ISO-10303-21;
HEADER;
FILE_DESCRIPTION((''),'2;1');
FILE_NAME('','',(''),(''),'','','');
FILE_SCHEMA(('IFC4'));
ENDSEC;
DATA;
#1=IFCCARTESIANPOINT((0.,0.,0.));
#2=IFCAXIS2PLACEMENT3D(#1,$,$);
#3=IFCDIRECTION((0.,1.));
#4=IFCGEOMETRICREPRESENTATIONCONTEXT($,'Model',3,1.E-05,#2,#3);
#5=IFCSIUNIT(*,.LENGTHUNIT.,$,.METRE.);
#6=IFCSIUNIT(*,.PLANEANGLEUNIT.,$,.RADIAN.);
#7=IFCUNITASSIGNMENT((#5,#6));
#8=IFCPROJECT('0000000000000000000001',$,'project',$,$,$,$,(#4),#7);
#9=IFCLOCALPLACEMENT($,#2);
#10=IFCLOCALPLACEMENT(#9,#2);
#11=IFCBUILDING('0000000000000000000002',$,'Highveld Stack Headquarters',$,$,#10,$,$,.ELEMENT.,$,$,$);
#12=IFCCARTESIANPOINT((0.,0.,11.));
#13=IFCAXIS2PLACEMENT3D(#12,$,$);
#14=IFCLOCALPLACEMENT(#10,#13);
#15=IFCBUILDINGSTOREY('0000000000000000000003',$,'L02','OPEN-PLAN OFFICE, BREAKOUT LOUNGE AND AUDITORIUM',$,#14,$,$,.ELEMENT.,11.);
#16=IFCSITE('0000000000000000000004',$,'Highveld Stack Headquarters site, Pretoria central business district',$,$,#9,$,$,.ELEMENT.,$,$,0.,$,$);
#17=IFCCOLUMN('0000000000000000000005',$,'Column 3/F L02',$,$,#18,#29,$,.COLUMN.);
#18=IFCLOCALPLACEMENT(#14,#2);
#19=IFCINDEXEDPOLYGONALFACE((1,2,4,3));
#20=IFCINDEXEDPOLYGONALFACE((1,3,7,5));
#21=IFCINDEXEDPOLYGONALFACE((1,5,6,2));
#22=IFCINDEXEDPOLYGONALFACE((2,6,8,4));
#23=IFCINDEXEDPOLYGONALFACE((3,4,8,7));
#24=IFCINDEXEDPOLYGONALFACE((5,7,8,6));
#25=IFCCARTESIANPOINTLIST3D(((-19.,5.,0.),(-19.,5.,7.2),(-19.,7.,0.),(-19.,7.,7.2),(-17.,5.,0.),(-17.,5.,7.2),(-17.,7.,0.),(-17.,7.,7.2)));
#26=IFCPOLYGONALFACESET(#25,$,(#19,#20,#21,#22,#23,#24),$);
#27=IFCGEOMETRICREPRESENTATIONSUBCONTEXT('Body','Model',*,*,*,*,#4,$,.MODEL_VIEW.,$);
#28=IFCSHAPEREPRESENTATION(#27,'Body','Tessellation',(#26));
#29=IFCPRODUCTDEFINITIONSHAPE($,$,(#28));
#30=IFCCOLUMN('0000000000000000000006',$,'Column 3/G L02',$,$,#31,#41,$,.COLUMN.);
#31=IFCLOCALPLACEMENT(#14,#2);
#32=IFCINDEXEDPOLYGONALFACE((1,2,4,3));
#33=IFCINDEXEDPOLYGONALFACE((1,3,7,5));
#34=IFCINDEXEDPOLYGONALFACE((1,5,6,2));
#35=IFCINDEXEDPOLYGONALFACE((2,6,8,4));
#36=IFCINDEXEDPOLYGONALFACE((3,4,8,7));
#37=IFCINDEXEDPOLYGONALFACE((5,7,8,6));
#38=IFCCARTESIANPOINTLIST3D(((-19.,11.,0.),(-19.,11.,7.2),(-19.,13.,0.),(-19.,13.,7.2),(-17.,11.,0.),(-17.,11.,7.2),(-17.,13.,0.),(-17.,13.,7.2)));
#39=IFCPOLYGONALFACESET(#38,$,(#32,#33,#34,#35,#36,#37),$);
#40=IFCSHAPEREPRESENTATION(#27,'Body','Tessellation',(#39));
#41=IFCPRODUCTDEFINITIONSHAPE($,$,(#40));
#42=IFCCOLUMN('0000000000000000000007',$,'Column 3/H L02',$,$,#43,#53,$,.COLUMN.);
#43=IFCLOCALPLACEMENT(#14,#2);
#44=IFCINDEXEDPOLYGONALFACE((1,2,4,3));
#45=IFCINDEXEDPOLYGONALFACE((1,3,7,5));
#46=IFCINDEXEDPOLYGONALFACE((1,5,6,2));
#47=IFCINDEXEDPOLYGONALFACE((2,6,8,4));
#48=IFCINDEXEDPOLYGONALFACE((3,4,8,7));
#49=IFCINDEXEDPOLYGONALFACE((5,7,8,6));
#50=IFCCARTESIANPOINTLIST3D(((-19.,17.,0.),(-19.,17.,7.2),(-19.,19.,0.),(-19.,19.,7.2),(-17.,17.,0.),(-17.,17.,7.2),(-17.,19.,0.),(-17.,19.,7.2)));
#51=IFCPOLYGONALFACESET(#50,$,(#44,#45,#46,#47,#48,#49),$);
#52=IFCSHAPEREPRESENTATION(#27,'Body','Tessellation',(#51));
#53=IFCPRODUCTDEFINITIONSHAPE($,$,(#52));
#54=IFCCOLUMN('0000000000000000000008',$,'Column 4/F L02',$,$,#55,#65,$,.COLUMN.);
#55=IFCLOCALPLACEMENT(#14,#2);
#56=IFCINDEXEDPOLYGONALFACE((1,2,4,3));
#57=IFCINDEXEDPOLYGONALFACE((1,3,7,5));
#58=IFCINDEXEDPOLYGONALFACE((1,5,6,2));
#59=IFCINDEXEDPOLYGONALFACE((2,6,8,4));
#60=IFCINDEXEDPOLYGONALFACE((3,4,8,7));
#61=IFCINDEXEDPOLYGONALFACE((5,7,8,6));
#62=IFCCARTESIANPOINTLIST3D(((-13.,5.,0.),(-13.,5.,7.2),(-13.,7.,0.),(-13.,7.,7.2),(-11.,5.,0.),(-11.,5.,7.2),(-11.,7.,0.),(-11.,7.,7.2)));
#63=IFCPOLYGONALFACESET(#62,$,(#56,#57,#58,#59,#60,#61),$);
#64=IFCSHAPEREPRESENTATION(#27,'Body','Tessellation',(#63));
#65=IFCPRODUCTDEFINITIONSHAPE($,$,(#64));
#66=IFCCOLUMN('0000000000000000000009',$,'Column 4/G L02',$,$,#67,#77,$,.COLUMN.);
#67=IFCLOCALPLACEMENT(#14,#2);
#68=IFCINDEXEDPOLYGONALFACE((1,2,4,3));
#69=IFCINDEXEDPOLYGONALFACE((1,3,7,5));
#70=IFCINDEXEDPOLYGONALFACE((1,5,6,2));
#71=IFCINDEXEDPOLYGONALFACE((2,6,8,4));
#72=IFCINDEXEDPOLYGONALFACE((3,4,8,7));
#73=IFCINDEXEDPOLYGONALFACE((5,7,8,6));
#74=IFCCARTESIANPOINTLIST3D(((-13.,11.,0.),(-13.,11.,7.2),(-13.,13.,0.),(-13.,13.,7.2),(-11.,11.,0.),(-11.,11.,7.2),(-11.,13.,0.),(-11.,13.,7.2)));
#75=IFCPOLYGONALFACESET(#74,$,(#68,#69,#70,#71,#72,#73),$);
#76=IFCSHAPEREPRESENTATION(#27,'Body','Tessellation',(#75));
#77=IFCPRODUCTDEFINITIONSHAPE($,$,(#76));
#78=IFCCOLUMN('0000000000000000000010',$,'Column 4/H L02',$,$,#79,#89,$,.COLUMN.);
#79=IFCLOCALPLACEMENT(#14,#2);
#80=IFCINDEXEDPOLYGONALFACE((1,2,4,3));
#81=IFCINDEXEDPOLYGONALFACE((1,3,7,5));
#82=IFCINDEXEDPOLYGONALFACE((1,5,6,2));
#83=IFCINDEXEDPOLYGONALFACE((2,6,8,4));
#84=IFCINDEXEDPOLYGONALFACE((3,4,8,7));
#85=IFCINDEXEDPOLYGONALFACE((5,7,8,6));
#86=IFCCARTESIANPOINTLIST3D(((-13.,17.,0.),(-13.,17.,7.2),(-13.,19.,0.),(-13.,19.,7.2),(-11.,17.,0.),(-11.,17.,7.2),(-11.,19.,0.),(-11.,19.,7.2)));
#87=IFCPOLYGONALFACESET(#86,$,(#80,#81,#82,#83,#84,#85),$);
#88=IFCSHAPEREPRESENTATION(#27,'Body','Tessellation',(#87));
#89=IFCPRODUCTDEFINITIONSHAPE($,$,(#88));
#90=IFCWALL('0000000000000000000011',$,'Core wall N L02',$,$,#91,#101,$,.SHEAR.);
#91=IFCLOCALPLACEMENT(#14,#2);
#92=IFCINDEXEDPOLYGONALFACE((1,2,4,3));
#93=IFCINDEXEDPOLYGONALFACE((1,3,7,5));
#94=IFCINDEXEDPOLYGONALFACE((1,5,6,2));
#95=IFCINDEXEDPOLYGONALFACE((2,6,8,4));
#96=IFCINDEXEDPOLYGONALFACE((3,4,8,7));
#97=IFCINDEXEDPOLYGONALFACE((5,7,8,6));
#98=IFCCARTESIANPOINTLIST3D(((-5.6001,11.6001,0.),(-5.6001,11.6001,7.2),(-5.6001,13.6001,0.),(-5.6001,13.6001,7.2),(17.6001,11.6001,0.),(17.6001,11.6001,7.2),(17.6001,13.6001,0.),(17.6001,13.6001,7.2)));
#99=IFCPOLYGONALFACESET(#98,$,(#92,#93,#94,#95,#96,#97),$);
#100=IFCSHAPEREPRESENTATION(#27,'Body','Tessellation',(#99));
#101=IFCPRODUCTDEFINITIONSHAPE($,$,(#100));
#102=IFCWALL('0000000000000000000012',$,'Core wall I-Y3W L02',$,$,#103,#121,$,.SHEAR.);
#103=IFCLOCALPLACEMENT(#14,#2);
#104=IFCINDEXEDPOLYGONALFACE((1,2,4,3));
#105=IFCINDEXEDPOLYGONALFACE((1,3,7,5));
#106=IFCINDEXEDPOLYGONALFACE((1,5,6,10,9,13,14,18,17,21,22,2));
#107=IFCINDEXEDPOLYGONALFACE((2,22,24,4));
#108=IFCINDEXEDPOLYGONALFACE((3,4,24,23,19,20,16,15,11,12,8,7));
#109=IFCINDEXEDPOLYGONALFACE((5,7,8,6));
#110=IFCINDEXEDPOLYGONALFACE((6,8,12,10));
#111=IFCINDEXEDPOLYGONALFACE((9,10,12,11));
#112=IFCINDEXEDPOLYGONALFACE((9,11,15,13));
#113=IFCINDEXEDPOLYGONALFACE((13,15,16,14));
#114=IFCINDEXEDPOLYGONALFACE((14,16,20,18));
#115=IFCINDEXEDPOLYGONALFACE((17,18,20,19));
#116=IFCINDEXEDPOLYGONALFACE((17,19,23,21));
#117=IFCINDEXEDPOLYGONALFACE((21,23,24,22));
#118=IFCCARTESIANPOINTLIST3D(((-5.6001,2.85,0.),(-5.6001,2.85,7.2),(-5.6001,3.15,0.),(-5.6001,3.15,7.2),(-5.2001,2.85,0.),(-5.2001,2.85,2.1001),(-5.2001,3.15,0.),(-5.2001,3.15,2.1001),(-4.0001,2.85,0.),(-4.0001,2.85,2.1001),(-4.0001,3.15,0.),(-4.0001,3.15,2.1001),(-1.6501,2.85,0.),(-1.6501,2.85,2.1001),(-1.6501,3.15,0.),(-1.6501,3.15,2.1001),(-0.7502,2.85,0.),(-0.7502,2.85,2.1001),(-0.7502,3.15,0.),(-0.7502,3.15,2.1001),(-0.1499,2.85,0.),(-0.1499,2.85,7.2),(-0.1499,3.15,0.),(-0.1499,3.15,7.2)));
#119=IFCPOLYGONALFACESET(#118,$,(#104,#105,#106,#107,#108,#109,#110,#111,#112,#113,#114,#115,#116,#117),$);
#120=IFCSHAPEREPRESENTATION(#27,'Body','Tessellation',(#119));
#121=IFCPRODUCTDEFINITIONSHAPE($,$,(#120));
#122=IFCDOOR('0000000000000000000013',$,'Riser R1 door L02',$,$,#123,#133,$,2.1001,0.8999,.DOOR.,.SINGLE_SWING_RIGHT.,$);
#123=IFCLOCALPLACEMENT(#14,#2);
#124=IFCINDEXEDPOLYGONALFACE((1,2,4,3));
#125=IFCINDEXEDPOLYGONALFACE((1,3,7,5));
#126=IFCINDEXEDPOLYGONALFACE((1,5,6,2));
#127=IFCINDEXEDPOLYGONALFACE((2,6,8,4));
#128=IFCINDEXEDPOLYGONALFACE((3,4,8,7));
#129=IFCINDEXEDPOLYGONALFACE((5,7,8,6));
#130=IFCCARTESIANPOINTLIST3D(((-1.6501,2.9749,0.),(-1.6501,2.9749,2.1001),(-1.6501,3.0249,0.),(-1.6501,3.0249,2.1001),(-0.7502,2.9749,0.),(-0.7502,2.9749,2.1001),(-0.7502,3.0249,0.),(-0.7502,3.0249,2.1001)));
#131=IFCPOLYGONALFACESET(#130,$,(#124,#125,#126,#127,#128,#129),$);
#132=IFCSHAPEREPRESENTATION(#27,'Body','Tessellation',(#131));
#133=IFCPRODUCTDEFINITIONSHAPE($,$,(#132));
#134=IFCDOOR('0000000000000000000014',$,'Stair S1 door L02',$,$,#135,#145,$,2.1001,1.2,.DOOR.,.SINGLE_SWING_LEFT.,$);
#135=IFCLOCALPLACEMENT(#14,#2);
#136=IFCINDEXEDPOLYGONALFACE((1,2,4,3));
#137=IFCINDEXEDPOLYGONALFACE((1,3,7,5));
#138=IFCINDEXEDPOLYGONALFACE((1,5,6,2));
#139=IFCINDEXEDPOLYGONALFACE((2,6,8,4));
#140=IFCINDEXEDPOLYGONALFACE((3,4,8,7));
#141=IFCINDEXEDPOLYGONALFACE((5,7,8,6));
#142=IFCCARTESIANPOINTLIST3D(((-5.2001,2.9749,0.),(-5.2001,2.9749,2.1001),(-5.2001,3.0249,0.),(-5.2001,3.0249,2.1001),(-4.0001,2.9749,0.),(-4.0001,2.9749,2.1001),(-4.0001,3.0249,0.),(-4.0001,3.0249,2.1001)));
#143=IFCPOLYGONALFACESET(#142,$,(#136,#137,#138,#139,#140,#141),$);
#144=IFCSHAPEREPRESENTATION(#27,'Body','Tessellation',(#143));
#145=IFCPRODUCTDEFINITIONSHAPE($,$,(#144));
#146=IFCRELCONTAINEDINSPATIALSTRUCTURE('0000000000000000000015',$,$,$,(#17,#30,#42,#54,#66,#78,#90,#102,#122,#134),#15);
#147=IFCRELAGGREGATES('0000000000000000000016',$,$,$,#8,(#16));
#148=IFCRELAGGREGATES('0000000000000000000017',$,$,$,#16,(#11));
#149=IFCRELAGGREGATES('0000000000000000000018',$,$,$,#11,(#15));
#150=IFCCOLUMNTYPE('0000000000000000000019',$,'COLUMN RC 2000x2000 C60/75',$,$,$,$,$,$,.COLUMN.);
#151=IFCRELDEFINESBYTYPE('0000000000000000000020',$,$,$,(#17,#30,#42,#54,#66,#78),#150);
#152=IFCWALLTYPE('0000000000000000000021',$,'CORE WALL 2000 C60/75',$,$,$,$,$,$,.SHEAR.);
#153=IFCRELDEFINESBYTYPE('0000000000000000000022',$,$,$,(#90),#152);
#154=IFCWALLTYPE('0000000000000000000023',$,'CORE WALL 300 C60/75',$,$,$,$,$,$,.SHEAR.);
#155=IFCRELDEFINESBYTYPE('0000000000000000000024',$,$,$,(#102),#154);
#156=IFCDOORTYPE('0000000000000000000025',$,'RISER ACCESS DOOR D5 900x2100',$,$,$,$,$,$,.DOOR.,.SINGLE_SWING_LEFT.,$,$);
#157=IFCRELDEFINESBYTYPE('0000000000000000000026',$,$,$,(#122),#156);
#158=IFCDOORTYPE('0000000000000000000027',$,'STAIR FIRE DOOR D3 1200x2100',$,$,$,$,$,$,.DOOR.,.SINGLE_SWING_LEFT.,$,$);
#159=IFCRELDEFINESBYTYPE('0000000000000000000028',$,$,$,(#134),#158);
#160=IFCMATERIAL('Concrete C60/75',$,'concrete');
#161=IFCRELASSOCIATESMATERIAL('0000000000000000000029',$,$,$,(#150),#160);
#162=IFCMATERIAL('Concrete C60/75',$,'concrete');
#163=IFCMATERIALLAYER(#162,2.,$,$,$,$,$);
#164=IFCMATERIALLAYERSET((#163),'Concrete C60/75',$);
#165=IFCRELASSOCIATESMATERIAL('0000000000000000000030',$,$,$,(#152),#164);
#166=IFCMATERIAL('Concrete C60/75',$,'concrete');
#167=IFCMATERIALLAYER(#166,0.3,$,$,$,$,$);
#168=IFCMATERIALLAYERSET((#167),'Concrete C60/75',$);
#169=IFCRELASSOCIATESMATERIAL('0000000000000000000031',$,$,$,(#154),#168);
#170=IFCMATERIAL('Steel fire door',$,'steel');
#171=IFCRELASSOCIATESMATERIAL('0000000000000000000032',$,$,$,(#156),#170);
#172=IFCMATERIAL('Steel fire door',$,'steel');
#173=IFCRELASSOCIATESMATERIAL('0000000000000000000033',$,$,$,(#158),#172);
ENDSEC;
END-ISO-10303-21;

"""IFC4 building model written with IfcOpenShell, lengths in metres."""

from ifc_helpers import new_model, si_unit, direction, frame, frame_2d, origin, origin_2d, place, context, subcontext, project, spatial, rectangle, extrude, material, layer, layer_set, material_profile, profile_set, type_object, element, fill, save


model = new_model("IFC4")

# Units and contexts
model_context = context("Model", 3, precision=1e-05, world=origin(), true_north=direction((0.0, 1.0)))
body_context = subcontext(model_context, "Body", "Model", "MODEL_VIEW")
ifc_project = project(units=[si_unit("LENGTHUNIT", "METRE"), si_unit("PLANEANGLEUNIT", "RADIAN")], contexts=[model_context])

# Site, building, storey
site_placement = place(None, origin())
site = spatial("IfcSite", under=ifc_project, at=site_placement, Name="Highveld Stack Headquarters site, Pretoria central business district", CompositionType="ELEMENT", RefElevation=0.0)
building_placement = place(site_placement, origin())
building = spatial("IfcBuilding", under=site, at=building_placement, Name="Highveld Stack Headquarters", CompositionType="ELEMENT")
storey_placement = place(building_placement, frame((0.0, 0.0, 11.0)))
storey = spatial("IfcBuildingStorey", under=building, at=storey_placement, Name="L02", Description="OPEN-PLAN OFFICE, BREAKOUT LOUNGE AND AUDITORIUM", CompositionType="ELEMENT", Elevation=11.0)

# Columns
ifc_material_1 = material(Name="Concrete C60/75", Category="concrete")
ifc_material_profile = material_profile(ifc_material_1, rectangle(XDim=2.0, YDim=2.0, at=origin_2d()), Name="RC 2000x2000")
ifc_profile_set = profile_set([ifc_material_profile], Name="Concrete C60/75")
column_type = type_object("IfcColumnType", Name="COLUMN RC 2000x2000 C60/75", PredefinedType="COLUMN", material=ifc_profile_set)
for number, where, z_axis, x_axis, name in (
    (1, (-18.0, 6.0, 0.0), (0.0, 0.0, 1.0), (1.0, 0.0, 0.0), "Column 3/F L02"),
    (2, (-18.0, 12.0, 0.0), (0.0, 0.0, 1.0), (1.0, 0.0, 0.0), "Column 3/G L02"),
    (3, (-18.0, 18.0, 0.0), (0.0, 0.0, 1.0), (1.0, 0.0, 0.0), "Column 3/H L02"),
    (4, (-12.0, 6.0, 0.0), (0.0, 0.0, 1.0), (1.0, 0.0, 0.0), "Column 4/F L02"),
    (5, (-12.0, 12.0, 0.0), (0.0, 0.0, 1.0), (1.0, 0.0, 0.0), "Column 4/G L02"),
    (6, (-12.0, 18.0, 0.0), (0.0, 0.0, 1.0), (1.0, 0.0, 0.0), "Column 4/H L02"),
):
    element("IfcColumn", number, at=place(storey_placement, frame(where, z_axis=z_axis, x_axis=x_axis)), inside=storey, type_object=column_type, Name=name, PredefinedType="COLUMN", context=body_context, shape_type="SweptSolid", body=[
        extrude(rectangle(XDim=2.0, YDim=2.0, at=origin_2d()), origin(), (0.0, 0.0, 1.0), 7.2),
    ])

# Wall
ifc_material_2 = material(Name="Concrete C60/75", Category="concrete")
ifc_layer_1 = layer(ifc_material_2, 2.0)
ifc_layer_set_1 = layer_set([ifc_layer_1], Name="Concrete C60/75")
wall_type_1 = type_object("IfcWallType", Name="CORE WALL 2000 C60/75", PredefinedType="SHEAR", material=ifc_layer_set_1)
wall_1_placement = place(storey_placement, frame((-5.6001, 12.6001, 0.0), z_axis=(0.0, 0.0, 1.0), x_axis=(1.0, 0.0, 0.0)))
element("IfcWall", 7, at=wall_1_placement, inside=storey, type_object=wall_type_1, Name="Core wall N L02", PredefinedType="SHEAR", context=body_context, shape_type="SweptSolid", body=[
    extrude(rectangle(XDim=23.2002, YDim=2.0, at=frame_2d((11.6001, 0.0))), origin(), (0.0, 0.0, 1.0), 7.2),
])

# Wall, openings, doors
ifc_material_3 = material(Name="Concrete C60/75", Category="concrete")
ifc_layer_2 = layer(ifc_material_3, 0.3)
ifc_layer_set_2 = layer_set([ifc_layer_2], Name="Concrete C60/75")
wall_type_2 = type_object("IfcWallType", Name="CORE WALL 300 C60/75", PredefinedType="SHEAR", material=ifc_layer_set_2)
wall_2_placement = place(storey_placement, frame((-5.6001, 3.0, 0.0), z_axis=(0.0, 0.0, 1.0), x_axis=(1.0, 0.0, 0.0)))
wall_2 = element("IfcWall", 8, at=wall_2_placement, inside=storey, type_object=wall_type_2, Name="Core wall I-Y3W L02", PredefinedType="SHEAR", context=body_context, shape_type="SweptSolid", body=[
    extrude(rectangle(XDim=5.4502, YDim=0.3, at=frame_2d((2.7251, 0.0))), origin(), (0.0, 0.0, 1.0), 7.2),
])
opening_1_placement = place(wall_2_placement, frame((0.3999, 0.0, 0.0)))
opening_1 = element("IfcOpeningElement", 9, at=opening_1_placement, cuts=wall_2, PredefinedType="OPENING", context=body_context, shape_type="SweptSolid", body=[
    extrude(rectangle(XDim=1.2, YDim=2.1001, at=frame_2d((0.6001, 1.05))), frame((0.0, 0.1599, 0.0), z_axis=(0.0, -1.0, 0.0), x_axis=(1.0, 0.0, 0.0)), (0.0, 0.0, 1.0), 0.3201),
])
opening_2_placement = place(wall_2_placement, frame((3.95, 0.0, 0.0)))
opening_2 = element("IfcOpeningElement", 10, at=opening_2_placement, cuts=wall_2, PredefinedType="OPENING", context=body_context, shape_type="SweptSolid", body=[
    extrude(rectangle(XDim=0.8999, YDim=2.1001, at=frame_2d((0.45, 1.05))), frame((0.0, 0.1599, 0.0), z_axis=(0.0, -1.0, 0.0), x_axis=(1.0, 0.0, 0.0)), (0.0, 0.0, 1.0), 0.3201),
])
ifc_material_4 = material(Name="Steel fire door", Category="steel")
door_type_1 = type_object("IfcDoorType", Name="RISER ACCESS DOOR D5 900x2100", OperationType="SINGLE_SWING_LEFT", PredefinedType="DOOR", material=ifc_material_4)
door_1_placement = place(opening_2_placement, origin())
door_1 = element("IfcDoor", 11, at=door_1_placement, inside=storey, type_object=door_type_1, Name="Riser R1 door L02", OperationType="SINGLE_SWING_RIGHT", OverallHeight=2.1001, OverallWidth=0.8999, PredefinedType="DOOR", context=body_context, shape_type="SweptSolid", body=[
    extrude(rectangle(XDim=0.8999, YDim=2.1001, at=frame_2d((0.45, 1.05))), frame((0.0, 0.0249, 0.0), z_axis=(0.0, -1.0, 0.0), x_axis=(1.0, 0.0, 0.0)), (0.0, 0.0, 1.0), 0.05),
])
fill(opening_2, door_1)
ifc_material_5 = material(Name="Steel fire door", Category="steel")
door_type_2 = type_object("IfcDoorType", Name="STAIR FIRE DOOR D3 1200x2100", OperationType="SINGLE_SWING_LEFT", PredefinedType="DOOR", material=ifc_material_5)
door_2_placement = place(opening_1_placement, origin())
door_2 = element("IfcDoor", 12, at=door_2_placement, inside=storey, type_object=door_type_2, Name="Stair S1 door L02", OperationType="SINGLE_SWING_LEFT", OverallHeight=2.1001, OverallWidth=1.2, PredefinedType="DOOR", context=body_context, shape_type="SweptSolid", body=[
    extrude(rectangle(XDim=1.2, YDim=2.1001, at=frame_2d((0.6001, 1.05))), frame((0.0, 0.0249, 0.0), z_axis=(0.0, -1.0, 0.0), x_axis=(1.0, 0.0, 0.0)), (0.0, 0.0, 1.0), 0.05),
])
fill(opening_1, door_2)

save(model, "model.ifc")
